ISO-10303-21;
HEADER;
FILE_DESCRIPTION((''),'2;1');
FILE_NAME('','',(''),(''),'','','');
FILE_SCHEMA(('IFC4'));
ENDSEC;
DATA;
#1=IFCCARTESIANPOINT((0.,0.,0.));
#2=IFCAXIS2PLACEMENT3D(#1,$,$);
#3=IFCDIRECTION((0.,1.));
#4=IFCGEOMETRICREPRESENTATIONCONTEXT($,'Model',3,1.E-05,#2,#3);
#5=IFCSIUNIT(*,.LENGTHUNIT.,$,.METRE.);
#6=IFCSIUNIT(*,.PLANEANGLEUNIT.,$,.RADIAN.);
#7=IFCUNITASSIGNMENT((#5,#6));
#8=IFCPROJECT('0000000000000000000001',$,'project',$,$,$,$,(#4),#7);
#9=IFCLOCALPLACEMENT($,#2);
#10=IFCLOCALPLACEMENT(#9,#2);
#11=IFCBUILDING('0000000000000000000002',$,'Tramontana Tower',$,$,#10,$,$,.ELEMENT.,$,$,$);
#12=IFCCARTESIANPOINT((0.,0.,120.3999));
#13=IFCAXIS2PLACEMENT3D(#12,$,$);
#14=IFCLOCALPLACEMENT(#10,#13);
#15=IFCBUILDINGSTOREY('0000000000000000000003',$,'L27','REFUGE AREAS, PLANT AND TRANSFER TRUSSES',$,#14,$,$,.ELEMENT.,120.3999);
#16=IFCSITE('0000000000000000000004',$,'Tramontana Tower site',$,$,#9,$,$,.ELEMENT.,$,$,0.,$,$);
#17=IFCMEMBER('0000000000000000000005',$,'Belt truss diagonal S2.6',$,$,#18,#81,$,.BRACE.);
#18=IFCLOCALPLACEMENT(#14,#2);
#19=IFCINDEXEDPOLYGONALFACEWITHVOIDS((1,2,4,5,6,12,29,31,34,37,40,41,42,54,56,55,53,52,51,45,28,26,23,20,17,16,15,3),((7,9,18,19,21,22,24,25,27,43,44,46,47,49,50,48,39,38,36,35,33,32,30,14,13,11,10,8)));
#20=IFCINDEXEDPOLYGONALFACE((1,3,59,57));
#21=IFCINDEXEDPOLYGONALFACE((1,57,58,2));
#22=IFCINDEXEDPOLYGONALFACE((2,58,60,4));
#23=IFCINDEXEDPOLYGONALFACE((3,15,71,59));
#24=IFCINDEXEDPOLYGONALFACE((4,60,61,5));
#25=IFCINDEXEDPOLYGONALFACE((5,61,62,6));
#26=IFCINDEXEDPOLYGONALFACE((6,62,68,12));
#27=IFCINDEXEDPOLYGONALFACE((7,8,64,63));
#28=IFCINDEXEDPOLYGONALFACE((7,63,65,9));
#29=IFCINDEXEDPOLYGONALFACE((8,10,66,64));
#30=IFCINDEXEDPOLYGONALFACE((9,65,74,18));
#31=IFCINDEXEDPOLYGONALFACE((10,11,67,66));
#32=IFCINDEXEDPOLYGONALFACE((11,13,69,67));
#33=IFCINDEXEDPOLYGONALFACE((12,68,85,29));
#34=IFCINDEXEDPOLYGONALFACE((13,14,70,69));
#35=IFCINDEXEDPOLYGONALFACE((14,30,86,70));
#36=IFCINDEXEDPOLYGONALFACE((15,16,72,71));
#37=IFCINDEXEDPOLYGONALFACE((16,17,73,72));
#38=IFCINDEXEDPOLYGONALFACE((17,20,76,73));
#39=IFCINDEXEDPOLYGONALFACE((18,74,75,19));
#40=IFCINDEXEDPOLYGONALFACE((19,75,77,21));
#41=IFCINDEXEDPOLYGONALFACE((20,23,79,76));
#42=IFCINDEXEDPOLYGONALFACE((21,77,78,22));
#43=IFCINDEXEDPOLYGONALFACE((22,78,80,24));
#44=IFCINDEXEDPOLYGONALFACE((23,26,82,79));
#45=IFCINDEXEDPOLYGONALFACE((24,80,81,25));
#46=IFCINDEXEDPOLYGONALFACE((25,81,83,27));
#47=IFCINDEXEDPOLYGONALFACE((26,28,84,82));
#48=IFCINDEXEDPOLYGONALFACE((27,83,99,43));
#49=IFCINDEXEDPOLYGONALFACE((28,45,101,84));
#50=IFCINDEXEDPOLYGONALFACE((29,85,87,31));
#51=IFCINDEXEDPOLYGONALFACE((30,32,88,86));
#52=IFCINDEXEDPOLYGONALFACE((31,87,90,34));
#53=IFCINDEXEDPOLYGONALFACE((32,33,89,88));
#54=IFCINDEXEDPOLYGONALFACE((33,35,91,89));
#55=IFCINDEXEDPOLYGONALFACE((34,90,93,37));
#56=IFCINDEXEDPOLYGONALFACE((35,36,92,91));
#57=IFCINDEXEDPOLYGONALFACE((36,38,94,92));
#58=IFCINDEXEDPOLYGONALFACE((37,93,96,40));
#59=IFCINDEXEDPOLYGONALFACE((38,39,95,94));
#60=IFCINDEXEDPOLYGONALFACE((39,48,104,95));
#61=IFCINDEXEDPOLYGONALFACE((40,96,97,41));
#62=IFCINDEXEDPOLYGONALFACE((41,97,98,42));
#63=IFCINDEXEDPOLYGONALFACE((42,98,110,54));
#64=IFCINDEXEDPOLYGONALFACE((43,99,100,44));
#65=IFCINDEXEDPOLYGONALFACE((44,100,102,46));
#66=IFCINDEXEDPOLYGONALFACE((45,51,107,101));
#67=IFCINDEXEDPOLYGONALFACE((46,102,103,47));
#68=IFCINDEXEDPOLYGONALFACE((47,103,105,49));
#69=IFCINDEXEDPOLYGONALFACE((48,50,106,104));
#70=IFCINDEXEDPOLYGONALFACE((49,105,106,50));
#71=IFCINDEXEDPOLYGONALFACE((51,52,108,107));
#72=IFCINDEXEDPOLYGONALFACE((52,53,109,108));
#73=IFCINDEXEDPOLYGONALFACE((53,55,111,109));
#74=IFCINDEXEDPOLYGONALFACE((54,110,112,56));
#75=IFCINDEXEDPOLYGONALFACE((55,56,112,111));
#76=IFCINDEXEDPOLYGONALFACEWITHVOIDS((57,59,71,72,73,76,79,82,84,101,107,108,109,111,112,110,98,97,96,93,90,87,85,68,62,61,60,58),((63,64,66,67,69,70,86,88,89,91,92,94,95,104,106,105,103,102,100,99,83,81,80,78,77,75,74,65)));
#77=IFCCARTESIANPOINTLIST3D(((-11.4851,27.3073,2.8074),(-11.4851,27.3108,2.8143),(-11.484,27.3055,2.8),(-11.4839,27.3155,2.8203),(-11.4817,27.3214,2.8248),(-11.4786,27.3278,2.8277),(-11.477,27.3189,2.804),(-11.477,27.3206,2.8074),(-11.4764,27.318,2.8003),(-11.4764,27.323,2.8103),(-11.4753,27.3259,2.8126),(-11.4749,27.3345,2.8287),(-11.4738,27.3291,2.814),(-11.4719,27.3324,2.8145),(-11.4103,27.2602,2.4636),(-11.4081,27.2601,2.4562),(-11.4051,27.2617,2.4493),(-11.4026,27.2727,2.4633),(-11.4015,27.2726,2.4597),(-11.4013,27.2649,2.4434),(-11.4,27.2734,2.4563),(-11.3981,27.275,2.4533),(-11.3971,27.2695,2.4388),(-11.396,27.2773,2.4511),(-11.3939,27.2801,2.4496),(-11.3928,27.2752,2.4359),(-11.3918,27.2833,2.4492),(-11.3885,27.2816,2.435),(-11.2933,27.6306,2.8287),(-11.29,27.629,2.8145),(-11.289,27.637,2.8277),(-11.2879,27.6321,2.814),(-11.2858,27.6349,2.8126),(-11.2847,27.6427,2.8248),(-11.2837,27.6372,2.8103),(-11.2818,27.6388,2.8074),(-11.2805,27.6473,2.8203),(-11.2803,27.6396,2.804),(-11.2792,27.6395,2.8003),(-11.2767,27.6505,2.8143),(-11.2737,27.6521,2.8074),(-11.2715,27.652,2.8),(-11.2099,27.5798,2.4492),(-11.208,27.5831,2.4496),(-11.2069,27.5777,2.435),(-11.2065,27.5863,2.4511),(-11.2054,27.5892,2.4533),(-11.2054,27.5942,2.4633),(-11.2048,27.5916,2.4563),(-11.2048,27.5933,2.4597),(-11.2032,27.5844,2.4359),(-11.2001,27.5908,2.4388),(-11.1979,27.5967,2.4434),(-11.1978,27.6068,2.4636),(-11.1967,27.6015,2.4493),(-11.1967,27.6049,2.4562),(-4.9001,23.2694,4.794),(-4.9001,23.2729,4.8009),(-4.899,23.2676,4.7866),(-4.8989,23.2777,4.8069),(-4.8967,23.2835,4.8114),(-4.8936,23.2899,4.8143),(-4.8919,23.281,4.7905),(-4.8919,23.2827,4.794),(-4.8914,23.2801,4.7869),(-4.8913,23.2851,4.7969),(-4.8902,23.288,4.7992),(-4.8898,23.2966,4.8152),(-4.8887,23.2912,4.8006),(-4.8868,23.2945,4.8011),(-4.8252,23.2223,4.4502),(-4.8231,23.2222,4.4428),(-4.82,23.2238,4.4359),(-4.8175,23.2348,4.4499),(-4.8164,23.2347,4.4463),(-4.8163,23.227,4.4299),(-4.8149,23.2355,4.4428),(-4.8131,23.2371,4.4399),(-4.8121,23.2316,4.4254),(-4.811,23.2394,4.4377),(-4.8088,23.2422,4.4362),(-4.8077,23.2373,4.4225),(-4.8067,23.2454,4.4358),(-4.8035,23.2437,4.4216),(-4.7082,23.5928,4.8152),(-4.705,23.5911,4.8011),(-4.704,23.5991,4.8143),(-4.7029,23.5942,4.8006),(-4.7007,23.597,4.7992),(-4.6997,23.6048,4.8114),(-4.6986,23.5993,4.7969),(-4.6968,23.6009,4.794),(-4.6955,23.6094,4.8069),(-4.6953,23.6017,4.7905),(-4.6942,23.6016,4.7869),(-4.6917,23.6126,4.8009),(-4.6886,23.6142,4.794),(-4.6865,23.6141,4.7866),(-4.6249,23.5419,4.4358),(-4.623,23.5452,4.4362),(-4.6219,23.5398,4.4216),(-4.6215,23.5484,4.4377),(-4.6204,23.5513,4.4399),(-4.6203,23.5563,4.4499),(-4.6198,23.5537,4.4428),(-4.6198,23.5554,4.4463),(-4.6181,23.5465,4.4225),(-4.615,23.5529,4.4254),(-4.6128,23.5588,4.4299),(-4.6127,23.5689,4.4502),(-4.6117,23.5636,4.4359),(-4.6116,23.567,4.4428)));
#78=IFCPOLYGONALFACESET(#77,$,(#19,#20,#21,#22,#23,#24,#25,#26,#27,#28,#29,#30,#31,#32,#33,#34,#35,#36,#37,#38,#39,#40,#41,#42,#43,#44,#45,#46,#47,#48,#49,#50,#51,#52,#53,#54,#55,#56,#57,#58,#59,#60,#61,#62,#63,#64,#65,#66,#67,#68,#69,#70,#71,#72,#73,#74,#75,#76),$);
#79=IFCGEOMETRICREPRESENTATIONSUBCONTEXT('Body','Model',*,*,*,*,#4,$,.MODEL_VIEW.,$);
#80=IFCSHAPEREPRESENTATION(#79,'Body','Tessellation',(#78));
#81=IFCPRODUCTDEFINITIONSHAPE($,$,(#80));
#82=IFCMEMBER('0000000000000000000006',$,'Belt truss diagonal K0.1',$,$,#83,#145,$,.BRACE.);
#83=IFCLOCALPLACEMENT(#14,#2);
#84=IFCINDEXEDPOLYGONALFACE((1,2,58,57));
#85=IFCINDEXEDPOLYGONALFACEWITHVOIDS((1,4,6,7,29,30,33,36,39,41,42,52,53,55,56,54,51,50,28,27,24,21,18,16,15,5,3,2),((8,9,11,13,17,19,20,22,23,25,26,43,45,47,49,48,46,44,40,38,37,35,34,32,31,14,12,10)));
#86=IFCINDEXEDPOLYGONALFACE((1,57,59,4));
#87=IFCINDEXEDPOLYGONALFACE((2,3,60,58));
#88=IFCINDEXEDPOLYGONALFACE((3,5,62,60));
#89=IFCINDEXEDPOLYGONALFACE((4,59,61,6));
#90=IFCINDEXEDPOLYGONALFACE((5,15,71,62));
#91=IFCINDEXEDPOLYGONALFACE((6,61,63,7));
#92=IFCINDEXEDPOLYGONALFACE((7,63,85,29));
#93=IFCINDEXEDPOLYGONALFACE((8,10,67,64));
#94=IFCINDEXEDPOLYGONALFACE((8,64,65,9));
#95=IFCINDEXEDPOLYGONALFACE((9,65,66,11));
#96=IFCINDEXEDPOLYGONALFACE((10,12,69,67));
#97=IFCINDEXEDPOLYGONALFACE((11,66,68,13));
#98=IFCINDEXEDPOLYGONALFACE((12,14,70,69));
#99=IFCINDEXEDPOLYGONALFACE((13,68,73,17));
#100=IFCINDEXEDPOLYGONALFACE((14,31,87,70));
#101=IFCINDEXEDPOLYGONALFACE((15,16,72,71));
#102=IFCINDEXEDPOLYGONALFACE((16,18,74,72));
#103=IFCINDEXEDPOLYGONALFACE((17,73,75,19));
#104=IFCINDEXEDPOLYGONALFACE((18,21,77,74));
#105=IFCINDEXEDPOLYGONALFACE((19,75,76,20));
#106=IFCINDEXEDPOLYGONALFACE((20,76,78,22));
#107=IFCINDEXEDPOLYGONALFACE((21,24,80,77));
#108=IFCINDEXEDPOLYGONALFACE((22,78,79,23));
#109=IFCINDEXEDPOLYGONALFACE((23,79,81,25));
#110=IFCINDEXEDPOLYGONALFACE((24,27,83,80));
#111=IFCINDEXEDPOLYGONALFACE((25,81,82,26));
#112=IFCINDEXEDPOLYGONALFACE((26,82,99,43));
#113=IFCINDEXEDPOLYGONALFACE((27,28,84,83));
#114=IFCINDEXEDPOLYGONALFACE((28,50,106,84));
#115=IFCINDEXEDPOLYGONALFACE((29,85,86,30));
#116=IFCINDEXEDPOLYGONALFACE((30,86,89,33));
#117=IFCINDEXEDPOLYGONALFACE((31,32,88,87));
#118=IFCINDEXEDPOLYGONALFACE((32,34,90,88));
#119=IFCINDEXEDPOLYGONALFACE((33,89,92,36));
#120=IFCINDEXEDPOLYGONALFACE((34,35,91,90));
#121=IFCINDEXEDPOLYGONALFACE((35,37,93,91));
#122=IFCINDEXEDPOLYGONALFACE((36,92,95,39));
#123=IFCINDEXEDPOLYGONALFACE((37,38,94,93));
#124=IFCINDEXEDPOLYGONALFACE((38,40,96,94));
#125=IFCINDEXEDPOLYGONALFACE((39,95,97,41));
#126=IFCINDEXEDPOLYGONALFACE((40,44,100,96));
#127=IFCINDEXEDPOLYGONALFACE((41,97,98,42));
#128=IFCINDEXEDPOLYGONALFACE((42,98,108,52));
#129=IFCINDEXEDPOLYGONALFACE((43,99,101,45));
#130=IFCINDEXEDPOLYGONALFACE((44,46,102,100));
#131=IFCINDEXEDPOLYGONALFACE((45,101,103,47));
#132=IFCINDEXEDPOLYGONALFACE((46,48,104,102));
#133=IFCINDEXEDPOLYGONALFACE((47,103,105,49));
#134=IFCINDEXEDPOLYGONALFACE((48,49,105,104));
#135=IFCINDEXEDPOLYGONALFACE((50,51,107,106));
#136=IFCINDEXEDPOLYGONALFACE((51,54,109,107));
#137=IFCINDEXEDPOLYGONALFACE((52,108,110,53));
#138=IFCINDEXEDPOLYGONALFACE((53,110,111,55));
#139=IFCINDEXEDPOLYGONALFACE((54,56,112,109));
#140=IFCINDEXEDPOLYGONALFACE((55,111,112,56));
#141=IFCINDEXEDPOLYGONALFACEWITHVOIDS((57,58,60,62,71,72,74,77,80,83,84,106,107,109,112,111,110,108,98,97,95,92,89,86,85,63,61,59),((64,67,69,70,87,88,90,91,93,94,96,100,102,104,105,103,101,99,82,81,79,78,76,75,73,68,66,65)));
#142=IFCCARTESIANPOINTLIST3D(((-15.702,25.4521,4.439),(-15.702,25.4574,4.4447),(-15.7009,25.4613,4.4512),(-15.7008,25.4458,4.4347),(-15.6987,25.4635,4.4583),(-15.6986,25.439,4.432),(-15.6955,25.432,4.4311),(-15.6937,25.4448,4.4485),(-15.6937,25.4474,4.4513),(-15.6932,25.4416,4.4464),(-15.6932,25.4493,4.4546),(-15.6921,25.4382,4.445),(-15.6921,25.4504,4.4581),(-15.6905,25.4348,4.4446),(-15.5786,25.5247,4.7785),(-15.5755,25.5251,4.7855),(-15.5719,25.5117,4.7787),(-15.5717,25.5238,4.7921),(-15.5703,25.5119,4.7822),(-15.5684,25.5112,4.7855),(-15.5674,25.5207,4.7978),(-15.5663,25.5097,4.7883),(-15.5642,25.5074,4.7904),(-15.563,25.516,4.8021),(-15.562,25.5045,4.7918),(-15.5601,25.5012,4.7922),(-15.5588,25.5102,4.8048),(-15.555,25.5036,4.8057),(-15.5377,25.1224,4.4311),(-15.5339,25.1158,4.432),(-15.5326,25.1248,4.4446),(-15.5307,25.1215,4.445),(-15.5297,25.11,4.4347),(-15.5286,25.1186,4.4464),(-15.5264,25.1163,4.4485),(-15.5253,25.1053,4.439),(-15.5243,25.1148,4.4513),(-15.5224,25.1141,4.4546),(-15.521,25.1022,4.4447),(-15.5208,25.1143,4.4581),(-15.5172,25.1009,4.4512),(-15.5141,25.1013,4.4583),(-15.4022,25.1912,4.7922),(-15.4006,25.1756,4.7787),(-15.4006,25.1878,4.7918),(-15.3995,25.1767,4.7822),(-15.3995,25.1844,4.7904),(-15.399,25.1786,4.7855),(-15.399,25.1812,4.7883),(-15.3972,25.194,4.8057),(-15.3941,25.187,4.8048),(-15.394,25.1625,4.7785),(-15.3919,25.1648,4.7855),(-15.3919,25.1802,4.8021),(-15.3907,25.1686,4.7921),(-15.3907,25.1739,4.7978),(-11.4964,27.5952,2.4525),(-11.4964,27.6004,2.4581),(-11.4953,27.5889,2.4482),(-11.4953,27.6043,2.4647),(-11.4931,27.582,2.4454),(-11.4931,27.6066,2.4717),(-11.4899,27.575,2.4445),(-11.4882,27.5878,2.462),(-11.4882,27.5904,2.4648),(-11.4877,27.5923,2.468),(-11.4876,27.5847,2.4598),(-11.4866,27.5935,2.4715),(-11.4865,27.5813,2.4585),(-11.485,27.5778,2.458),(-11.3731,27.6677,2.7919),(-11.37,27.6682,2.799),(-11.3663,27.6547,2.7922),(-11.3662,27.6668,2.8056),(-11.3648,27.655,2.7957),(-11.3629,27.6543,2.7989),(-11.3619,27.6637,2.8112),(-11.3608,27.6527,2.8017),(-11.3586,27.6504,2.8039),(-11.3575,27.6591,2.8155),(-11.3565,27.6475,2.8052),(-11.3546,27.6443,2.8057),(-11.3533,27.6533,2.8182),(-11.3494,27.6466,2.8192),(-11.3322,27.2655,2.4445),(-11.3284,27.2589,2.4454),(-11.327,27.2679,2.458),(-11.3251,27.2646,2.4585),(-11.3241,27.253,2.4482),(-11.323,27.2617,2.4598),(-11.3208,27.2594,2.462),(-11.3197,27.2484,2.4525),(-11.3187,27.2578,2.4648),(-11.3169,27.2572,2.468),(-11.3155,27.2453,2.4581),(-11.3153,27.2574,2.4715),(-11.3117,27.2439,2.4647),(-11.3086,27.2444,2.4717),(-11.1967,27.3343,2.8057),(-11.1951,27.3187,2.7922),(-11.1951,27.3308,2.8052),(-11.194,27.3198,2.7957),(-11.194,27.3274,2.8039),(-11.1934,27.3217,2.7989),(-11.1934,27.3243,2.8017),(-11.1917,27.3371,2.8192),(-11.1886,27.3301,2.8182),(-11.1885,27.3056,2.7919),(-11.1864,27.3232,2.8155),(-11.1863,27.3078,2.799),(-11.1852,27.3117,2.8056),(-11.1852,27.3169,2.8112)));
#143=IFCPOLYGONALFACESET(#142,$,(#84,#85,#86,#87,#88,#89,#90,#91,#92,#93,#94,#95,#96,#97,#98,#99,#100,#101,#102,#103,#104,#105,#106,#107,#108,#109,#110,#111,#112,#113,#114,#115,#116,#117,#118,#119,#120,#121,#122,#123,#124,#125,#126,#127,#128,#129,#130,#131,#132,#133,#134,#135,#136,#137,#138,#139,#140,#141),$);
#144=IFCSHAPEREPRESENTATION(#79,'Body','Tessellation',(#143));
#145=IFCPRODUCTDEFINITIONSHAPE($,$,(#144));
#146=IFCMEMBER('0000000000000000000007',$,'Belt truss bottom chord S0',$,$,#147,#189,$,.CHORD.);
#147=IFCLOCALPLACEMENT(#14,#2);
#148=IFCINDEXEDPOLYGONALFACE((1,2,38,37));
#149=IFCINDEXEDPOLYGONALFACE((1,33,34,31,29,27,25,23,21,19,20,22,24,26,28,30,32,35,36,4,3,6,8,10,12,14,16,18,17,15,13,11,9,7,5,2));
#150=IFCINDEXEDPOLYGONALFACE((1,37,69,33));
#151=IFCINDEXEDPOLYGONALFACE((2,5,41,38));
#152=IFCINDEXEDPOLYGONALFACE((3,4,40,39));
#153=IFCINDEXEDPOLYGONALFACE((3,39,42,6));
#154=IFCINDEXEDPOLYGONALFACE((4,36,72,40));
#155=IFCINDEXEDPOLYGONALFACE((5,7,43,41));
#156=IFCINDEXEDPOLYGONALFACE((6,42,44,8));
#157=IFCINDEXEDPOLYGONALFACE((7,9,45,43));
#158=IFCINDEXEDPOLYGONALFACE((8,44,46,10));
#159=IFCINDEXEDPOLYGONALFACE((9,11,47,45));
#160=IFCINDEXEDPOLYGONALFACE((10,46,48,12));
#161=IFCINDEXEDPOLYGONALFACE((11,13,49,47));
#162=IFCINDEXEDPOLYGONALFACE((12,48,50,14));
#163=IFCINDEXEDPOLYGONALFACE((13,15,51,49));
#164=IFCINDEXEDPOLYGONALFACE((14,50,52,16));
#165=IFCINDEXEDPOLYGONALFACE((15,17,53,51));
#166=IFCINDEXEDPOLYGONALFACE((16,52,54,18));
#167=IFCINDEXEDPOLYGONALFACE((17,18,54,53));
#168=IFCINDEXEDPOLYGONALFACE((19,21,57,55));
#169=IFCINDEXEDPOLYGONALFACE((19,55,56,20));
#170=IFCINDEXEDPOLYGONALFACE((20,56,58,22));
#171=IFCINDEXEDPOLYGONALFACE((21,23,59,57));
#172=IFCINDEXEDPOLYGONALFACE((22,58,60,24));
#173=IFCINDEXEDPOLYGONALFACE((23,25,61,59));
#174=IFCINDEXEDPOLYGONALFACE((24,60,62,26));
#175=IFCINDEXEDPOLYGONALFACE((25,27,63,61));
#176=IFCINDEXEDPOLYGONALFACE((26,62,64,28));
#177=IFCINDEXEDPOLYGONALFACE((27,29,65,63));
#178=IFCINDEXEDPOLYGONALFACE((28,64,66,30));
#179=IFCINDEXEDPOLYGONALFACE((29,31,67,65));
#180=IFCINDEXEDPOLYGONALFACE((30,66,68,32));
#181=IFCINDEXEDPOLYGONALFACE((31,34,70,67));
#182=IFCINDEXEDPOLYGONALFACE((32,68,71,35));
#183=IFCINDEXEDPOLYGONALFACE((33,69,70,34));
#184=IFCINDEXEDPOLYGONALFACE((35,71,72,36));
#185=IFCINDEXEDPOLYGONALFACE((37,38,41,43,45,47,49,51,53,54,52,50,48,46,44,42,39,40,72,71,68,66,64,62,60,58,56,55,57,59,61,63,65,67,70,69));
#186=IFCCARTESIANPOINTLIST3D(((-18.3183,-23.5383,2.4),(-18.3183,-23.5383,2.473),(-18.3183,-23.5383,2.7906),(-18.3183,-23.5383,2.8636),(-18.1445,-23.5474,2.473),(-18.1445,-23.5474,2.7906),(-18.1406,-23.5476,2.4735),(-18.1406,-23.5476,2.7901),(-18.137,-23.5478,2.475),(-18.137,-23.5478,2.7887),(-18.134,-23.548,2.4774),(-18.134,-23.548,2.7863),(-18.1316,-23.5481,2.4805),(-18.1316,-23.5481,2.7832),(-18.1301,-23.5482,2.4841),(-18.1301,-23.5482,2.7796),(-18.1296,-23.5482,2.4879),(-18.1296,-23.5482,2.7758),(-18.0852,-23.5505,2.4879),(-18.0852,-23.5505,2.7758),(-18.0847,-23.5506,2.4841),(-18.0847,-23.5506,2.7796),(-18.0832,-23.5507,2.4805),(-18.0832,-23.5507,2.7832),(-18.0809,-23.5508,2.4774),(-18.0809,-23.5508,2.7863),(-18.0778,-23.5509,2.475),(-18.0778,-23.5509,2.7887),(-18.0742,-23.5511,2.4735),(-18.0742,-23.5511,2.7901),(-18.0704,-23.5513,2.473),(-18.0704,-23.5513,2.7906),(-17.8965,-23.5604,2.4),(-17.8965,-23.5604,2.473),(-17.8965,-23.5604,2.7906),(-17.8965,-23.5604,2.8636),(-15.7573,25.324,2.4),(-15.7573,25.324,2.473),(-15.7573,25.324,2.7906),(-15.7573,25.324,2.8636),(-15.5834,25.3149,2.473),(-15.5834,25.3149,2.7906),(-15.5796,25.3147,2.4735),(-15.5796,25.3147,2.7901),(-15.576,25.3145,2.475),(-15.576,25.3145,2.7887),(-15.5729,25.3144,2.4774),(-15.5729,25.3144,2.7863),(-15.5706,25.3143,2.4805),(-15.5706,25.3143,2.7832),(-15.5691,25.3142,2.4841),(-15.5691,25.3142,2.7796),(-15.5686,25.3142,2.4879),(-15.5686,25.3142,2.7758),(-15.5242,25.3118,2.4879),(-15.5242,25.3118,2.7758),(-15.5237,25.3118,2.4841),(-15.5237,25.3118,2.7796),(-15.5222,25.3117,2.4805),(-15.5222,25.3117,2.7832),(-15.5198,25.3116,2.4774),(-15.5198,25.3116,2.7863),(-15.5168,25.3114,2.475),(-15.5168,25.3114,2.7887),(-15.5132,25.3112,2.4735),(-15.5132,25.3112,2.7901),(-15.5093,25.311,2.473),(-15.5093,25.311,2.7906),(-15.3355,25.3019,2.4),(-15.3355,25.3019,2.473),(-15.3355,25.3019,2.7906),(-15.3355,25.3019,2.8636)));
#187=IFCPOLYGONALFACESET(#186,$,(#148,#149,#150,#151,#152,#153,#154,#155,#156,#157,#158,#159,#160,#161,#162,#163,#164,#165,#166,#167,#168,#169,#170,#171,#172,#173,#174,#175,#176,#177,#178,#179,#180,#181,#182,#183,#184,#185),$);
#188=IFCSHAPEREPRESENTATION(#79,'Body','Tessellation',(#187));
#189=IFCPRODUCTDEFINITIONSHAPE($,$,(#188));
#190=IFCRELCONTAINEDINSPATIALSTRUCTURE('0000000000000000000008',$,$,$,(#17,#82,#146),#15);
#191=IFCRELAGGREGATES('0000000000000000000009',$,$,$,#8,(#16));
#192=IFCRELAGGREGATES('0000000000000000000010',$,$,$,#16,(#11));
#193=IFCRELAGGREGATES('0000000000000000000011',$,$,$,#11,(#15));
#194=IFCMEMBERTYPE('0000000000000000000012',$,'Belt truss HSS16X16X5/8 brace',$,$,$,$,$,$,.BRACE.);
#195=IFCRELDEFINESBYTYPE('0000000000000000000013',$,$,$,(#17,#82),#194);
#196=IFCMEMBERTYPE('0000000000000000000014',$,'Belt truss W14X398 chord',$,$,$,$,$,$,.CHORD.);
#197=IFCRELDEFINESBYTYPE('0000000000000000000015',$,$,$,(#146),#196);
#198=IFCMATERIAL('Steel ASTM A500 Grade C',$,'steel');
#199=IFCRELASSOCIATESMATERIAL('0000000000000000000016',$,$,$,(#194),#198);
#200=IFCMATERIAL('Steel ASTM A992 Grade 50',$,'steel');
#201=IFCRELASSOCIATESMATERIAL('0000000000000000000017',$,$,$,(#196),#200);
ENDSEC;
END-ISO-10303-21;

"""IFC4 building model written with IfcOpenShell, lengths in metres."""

from ifc_helpers import new_model, si_unit, direction, frame, origin, origin_2d, place, context, subcontext, project, spatial, hollow_rectangle, i_section, extrude, material, material_profile, profile_set, type_object, element, save


model = new_model("IFC4")

# Units and contexts
model_context = context("Model", 3, precision=1e-05, world=origin(), true_north=direction((0.0, 1.0)))
body_context = subcontext(model_context, "Body", "Model", "MODEL_VIEW")
ifc_project = project(units=[si_unit("LENGTHUNIT", "METRE"), si_unit("PLANEANGLEUNIT", "RADIAN")], contexts=[model_context])

# Site, building, storey
site_placement = place(None, origin())
site = spatial("IfcSite", under=ifc_project, at=site_placement, Name="Tramontana Tower site", CompositionType="ELEMENT", RefElevation=0.0)
building_placement = place(site_placement, origin())
building = spatial("IfcBuilding", under=site, at=building_placement, Name="Tramontana Tower", CompositionType="ELEMENT")
storey_placement = place(building_placement, frame((0.0, 0.0, 120.3999)))
storey = spatial("IfcBuildingStorey", under=building, at=storey_placement, Name="L27", Description="REFUGE AREAS, PLANT AND TRANSFER TRUSSES", CompositionType="ELEMENT", Elevation=120.3999)

# Members
ifc_material_1 = material(Name="Steel ASTM A500 Grade C", Category="steel")
ifc_material_profile_1 = material_profile(ifc_material_1, hollow_rectangle(XDim=0.4065, YDim=0.4065, WallThickness=0.0146, InnerFilletRadius=0.0146, OuterFilletRadius=0.0295, at=origin_2d()), Name="HSS16X16X5/8")
ifc_profile_set_1 = profile_set([ifc_material_profile_1], Name="Steel ASTM A500 Grade C")
member_type_1 = type_object("IfcMemberType", Name="Belt truss HSS16X16X5/8 brace", PredefinedType="BRACE", material=ifc_profile_set_1)
member_1_placement = place(storey_placement, frame((-4.7559, 23.4182, 4.6184), z_axis=(-0.825624, 0.506266, -0.249077), x_axis=(-0.522741, -0.852492, 0.0)))
element("IfcMember", 1, at=member_1_placement, inside=storey, type_object=member_type_1, Name="Belt truss diagonal S2.6", PredefinedType="BRACE", context=body_context, shape_type="SweptSolid", body=[
    extrude(hollow_rectangle(XDim=0.4065, YDim=0.4065, WallThickness=0.0146, InnerFilletRadius=0.0146, OuterFilletRadius=0.0295, at=origin_2d()), origin(), (0.0, 0.0, 1.0), 7.9758),
])
member_2_placement = place(storey_placement, frame((-11.3408, 27.4561, 2.6318), z_axis=(-0.821218, -0.418475, 0.387917), x_axis=(0.454028, -0.890987, 0.0)))
element("IfcMember", 2, at=member_2_placement, inside=storey, type_object=member_type_1, Name="Belt truss diagonal K0.1", PredefinedType="BRACE", context=body_context, shape_type="SweptSolid", body=[
    extrude(hollow_rectangle(XDim=0.4065, YDim=0.4065, WallThickness=0.0146, InnerFilletRadius=0.0146, OuterFilletRadius=0.0295, at=origin_2d()), origin(), (0.0, 0.0, 1.0), 5.1211),
])
ifc_material_2 = material(Name="Steel ASTM A992 Grade 50", Category="steel")
ifc_material_profile_2 = material_profile(ifc_material_2, i_section(OverallWidth=0.4224, OverallDepth=0.4636, WebThickness=0.0444, FlangeThickness=0.073, FilletRadius=0.0149, at=origin_2d()), Name="W14X398")
ifc_profile_set_2 = profile_set([ifc_material_profile_2], Name="Steel ASTM A992 Grade 50")
member_type_2 = type_object("IfcMemberType", Name="Belt truss W14X398 chord", PredefinedType="CHORD", material=ifc_profile_set_2)
for number, where, z_axis, x_axis, name in (
    (3, (-15.5464, 25.313, 2.6318), (-0.052341, -0.998629, 0.0), (0.998629, -0.052341, 0.0), "Belt truss bottom chord S0"),
):
    element("IfcMember", number, at=place(storey_placement, frame(where, z_axis=z_axis, x_axis=x_axis)), inside=storey, type_object=member_type_2, Name=name, PredefinedType="CHORD", context=body_context, shape_type="SweptSolid", body=[
        extrude(i_section(OverallWidth=0.4224, OverallDepth=0.4636, WebThickness=0.0444, FlangeThickness=0.073, FilletRadius=0.0149, at=origin_2d()), origin(), (0.0, 0.0, 1.0), 48.9294),
    ])

save(model, "model.ifc")
